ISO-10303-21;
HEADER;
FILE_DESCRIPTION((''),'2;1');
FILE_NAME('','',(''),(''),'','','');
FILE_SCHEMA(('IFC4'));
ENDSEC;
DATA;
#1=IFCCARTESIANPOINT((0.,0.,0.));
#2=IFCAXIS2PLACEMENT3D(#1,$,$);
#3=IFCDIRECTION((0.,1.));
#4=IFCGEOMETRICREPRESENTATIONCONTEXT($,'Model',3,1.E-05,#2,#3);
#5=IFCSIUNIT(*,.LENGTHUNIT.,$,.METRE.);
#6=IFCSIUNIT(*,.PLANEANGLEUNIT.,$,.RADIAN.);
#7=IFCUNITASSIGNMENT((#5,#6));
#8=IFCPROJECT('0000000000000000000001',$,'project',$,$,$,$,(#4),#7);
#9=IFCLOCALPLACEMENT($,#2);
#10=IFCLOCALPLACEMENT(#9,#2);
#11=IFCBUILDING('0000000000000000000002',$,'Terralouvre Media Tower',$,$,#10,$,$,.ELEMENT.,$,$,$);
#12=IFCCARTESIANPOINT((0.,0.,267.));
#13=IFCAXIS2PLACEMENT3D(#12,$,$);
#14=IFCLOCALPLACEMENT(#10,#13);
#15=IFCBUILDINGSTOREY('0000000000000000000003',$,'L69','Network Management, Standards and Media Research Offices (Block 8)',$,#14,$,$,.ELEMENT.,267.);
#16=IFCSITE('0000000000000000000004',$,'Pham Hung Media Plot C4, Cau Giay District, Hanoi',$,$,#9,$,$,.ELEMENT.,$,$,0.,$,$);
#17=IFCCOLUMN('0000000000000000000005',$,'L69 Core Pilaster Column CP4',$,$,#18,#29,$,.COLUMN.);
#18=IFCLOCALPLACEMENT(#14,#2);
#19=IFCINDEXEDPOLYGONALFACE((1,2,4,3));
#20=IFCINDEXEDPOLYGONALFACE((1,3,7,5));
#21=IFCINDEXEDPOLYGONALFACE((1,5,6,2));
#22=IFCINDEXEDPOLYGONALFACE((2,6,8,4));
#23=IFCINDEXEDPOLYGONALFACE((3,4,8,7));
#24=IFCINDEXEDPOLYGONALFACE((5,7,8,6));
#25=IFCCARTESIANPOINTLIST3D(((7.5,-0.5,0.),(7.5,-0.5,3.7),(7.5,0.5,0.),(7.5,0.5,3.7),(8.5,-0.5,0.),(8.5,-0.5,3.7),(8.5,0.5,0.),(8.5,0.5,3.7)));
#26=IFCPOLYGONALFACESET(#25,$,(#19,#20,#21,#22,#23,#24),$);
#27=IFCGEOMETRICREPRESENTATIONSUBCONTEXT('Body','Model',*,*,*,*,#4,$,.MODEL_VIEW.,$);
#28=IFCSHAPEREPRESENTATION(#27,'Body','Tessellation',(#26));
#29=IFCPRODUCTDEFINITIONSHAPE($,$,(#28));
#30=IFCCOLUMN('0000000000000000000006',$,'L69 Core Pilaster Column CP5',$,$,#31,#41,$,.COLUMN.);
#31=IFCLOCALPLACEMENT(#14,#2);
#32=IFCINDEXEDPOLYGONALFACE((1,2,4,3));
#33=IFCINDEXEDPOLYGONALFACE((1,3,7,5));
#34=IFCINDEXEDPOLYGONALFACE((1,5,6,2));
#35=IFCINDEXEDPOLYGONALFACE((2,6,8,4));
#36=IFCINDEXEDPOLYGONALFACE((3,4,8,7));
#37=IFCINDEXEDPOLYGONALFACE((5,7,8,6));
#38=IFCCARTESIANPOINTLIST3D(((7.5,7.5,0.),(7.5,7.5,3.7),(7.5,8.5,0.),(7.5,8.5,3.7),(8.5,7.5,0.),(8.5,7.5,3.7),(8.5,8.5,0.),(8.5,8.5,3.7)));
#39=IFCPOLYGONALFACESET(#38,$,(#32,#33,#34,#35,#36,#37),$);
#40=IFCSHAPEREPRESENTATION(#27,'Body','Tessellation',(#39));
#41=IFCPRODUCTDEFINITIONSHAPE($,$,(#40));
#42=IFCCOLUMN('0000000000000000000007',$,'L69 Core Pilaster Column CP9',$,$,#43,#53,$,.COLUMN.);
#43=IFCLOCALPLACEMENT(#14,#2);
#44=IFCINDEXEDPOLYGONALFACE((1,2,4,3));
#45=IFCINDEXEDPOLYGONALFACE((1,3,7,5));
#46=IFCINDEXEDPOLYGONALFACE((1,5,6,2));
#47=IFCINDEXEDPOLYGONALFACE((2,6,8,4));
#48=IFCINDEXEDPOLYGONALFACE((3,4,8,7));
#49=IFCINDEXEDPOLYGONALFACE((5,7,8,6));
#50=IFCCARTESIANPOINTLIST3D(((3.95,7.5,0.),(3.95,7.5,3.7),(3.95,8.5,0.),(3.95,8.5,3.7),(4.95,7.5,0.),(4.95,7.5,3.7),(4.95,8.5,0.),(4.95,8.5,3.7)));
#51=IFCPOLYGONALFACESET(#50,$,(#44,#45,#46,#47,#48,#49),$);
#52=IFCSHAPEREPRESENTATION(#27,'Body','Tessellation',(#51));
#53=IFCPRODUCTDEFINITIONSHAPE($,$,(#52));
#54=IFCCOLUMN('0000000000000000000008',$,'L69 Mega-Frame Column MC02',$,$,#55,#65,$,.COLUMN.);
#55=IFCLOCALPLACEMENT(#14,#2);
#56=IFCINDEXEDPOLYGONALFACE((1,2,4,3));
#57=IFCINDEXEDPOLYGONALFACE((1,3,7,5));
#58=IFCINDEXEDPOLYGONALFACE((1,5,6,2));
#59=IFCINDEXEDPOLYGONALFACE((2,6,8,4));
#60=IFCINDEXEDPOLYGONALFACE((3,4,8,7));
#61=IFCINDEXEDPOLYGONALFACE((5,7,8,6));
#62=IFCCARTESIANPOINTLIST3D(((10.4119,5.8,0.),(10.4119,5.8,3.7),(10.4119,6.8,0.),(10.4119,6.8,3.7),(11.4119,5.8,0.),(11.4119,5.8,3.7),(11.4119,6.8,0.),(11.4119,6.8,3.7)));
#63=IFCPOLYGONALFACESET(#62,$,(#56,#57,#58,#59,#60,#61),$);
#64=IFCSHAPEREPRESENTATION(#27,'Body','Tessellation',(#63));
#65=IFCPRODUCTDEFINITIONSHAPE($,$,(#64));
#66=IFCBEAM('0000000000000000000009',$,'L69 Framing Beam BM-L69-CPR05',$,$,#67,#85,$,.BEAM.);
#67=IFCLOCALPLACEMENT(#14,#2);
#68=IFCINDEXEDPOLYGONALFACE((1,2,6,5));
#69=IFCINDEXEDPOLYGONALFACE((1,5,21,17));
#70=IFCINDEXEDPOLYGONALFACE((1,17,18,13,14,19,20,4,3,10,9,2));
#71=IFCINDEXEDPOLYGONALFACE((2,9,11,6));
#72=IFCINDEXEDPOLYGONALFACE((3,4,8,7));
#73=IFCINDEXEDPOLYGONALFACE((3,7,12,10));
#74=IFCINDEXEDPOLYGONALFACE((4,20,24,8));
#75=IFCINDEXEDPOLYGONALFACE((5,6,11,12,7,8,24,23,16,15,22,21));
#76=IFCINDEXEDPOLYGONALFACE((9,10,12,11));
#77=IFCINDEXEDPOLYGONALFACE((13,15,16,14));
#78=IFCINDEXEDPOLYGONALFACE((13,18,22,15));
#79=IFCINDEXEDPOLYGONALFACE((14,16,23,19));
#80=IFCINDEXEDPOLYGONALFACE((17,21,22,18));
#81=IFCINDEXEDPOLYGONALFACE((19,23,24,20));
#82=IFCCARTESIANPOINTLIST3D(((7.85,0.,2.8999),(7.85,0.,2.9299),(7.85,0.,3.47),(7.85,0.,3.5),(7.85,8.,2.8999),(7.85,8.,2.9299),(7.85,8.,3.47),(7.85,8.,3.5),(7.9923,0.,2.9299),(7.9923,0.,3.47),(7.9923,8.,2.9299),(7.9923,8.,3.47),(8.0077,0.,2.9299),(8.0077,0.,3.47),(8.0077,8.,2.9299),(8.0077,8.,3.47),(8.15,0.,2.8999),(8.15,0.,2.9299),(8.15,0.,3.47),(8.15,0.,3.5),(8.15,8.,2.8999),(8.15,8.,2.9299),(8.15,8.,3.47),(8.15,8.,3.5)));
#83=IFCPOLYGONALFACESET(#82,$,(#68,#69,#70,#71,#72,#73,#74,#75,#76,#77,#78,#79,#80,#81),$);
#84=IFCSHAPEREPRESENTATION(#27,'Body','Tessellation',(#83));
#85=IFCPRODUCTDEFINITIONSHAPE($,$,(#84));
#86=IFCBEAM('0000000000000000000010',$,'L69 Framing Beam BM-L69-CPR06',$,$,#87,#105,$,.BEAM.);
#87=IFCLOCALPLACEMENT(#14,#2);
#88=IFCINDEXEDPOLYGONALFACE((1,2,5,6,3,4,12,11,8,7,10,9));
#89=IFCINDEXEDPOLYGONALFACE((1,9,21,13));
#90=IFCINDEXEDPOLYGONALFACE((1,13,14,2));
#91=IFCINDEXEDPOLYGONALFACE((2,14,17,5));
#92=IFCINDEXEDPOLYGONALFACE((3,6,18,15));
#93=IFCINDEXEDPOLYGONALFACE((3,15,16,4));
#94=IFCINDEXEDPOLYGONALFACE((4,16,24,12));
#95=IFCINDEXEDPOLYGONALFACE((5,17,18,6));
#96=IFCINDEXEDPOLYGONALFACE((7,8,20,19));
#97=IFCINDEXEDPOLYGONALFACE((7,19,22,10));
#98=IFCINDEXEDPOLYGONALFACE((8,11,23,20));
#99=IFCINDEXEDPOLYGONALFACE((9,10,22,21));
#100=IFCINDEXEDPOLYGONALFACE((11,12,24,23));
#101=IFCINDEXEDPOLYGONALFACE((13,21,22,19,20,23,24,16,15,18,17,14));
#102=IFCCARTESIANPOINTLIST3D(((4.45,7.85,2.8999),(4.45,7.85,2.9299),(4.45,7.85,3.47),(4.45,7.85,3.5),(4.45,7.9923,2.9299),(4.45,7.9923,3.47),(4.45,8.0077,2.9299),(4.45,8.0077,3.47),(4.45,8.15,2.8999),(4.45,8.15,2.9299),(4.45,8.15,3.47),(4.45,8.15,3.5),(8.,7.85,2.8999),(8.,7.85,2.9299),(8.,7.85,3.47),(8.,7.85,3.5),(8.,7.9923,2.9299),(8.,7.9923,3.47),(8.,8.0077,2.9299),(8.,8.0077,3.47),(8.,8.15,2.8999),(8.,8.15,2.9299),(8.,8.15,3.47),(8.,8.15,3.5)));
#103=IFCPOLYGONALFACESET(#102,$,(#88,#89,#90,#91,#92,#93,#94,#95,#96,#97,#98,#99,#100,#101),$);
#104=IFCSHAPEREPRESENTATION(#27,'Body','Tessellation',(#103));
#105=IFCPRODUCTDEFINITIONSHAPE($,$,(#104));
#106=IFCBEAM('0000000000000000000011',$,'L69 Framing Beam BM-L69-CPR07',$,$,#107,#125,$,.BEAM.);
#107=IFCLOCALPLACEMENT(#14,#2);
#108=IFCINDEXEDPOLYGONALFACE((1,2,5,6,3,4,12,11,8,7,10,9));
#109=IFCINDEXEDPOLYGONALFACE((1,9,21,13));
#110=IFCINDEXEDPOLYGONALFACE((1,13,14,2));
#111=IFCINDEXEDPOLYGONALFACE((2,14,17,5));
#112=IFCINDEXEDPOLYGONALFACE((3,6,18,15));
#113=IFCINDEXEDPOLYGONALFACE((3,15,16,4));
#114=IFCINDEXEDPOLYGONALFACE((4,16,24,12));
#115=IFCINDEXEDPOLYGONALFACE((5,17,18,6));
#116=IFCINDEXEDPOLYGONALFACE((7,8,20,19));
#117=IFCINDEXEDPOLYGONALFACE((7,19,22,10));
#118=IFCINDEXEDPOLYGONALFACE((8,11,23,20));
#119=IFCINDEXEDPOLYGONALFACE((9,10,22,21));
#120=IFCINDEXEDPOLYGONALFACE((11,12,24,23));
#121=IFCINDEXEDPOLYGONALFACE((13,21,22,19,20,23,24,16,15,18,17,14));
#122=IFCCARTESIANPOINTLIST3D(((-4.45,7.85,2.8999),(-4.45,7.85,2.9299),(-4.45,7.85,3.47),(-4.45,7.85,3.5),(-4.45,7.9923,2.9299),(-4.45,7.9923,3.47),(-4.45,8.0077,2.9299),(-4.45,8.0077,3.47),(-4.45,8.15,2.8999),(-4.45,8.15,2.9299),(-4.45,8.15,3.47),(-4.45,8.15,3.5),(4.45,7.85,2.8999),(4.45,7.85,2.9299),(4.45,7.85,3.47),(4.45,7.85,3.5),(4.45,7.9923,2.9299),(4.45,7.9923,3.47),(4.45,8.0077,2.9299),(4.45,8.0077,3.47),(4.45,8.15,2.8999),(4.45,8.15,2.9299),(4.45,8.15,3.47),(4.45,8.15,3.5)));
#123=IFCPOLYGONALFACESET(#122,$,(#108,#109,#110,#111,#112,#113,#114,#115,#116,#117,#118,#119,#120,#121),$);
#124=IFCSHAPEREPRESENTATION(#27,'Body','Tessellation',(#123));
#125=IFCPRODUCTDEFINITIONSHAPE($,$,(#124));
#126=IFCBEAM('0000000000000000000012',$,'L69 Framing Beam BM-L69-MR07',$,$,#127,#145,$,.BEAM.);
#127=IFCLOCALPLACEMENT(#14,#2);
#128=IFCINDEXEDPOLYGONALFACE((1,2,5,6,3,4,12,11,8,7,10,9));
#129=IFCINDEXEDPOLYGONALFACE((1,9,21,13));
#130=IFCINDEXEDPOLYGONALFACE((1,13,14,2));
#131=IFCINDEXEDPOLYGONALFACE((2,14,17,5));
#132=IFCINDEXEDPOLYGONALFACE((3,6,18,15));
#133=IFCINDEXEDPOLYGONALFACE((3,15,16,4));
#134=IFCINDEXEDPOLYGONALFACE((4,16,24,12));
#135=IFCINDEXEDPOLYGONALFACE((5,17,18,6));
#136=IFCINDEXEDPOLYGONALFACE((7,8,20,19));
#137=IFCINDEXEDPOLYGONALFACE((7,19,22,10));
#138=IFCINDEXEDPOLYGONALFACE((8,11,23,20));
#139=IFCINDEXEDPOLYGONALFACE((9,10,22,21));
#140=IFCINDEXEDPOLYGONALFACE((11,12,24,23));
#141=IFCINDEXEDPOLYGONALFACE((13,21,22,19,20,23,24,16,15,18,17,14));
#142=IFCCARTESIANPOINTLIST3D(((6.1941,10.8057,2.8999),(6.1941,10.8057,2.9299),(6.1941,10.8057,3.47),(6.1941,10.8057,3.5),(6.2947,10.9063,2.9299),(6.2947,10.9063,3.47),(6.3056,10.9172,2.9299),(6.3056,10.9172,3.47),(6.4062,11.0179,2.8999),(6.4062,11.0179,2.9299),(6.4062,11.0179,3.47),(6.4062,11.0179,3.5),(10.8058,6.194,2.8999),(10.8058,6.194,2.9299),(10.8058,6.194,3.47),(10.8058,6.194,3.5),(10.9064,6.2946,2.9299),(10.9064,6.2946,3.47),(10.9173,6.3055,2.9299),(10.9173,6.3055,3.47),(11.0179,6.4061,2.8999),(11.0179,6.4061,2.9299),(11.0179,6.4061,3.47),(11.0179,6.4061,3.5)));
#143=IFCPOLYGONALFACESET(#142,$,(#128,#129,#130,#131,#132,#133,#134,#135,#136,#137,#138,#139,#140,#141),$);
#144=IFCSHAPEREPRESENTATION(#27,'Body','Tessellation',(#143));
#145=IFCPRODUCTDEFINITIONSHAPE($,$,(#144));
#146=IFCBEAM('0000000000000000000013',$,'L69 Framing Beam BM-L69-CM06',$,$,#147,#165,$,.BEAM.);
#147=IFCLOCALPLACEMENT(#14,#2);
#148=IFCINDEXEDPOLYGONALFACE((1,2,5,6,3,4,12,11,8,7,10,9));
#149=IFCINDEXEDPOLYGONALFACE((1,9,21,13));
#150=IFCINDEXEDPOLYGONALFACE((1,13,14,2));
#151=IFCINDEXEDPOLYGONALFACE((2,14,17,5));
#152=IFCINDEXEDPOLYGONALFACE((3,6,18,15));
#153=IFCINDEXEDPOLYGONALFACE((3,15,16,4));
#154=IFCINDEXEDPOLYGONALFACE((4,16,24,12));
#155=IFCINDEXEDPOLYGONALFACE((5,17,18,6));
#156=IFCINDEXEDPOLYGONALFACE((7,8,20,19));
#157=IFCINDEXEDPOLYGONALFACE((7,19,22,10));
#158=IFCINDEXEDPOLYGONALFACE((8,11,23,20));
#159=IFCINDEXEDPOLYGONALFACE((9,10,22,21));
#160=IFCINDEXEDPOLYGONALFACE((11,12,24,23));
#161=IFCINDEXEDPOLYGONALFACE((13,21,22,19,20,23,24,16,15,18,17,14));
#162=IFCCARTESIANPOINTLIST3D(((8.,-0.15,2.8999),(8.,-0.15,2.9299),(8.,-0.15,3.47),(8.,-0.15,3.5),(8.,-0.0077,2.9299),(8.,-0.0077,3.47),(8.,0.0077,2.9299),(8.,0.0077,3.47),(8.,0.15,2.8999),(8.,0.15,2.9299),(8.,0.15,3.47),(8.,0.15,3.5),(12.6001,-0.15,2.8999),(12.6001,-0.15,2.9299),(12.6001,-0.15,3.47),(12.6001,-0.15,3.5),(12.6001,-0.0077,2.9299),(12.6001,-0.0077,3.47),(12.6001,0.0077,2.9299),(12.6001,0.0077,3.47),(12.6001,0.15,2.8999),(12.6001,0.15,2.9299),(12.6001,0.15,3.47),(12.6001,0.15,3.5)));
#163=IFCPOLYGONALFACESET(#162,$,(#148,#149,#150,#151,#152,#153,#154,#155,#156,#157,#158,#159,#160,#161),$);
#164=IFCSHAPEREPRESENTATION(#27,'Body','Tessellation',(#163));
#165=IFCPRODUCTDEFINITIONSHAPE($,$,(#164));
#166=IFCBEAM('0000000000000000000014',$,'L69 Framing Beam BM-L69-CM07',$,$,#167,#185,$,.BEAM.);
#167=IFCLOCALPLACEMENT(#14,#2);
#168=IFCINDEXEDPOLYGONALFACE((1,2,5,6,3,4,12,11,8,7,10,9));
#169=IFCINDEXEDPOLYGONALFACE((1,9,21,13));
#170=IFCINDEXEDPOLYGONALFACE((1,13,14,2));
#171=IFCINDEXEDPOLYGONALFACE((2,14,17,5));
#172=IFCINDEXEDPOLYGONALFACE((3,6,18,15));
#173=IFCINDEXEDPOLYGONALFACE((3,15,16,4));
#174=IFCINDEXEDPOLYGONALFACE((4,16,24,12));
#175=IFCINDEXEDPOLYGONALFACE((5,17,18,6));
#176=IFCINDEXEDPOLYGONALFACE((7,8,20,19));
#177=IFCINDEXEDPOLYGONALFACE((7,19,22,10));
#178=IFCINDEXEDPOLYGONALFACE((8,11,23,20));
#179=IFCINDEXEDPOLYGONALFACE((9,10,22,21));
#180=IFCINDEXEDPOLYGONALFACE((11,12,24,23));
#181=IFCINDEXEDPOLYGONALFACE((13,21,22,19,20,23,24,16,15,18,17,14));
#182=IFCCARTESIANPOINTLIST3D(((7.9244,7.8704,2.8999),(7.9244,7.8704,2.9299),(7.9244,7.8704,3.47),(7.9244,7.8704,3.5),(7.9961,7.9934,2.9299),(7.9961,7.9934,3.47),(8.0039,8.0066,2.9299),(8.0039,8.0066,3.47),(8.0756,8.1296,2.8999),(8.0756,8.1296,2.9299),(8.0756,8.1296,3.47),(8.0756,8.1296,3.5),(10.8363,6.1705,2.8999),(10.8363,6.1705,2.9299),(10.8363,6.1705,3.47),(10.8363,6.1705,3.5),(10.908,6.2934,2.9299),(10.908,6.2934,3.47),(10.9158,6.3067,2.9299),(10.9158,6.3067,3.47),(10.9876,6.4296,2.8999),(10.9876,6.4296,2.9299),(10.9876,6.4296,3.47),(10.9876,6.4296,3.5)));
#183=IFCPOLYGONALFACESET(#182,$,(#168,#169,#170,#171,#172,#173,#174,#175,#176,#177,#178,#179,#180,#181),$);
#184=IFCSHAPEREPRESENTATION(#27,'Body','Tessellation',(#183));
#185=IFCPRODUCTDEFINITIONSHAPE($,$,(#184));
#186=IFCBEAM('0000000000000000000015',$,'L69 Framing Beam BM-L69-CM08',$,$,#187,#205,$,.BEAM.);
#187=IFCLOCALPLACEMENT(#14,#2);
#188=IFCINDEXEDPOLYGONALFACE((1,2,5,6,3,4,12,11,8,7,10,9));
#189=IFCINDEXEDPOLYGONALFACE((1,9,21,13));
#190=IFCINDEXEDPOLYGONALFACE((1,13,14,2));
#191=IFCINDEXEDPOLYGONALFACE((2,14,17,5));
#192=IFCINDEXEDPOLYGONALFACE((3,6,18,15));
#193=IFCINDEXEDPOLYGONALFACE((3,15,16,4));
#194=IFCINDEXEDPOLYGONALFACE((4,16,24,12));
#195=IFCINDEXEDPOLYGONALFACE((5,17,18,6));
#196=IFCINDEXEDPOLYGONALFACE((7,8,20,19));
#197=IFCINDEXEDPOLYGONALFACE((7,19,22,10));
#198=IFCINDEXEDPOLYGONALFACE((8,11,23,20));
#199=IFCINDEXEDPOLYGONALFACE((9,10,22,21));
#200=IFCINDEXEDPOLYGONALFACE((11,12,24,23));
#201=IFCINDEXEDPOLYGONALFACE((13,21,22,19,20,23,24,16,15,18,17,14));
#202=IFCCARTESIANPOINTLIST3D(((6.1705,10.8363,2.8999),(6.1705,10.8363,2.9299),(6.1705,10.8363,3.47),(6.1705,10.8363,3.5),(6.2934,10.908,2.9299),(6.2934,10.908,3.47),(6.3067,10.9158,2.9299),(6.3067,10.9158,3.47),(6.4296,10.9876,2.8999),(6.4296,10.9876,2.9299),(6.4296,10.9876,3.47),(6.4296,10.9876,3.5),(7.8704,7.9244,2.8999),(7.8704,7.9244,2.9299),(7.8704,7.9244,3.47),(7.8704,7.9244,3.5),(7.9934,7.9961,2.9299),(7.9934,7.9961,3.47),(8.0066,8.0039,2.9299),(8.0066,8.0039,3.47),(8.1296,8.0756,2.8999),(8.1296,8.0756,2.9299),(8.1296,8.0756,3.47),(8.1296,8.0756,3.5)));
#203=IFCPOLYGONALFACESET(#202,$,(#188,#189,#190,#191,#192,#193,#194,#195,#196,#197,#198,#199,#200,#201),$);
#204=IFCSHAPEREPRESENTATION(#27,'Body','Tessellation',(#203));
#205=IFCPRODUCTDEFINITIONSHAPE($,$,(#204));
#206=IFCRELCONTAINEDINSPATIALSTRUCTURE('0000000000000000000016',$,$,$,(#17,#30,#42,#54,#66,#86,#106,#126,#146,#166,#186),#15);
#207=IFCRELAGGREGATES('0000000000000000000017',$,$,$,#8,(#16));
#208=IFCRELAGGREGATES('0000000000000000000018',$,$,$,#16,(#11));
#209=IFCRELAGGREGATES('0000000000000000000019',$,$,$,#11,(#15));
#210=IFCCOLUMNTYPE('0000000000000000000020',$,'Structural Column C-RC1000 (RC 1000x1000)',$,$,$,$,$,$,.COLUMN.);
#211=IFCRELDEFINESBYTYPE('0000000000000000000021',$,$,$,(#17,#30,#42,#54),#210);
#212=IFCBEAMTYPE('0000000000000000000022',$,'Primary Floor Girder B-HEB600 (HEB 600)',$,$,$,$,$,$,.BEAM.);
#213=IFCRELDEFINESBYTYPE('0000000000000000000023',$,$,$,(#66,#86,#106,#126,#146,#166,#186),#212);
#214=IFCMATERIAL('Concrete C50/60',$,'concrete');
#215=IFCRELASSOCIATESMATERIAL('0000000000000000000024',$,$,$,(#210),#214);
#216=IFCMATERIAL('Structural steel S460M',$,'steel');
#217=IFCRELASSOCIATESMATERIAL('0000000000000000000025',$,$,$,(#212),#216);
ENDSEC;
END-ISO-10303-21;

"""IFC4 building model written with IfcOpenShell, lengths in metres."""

from ifc_helpers import new_model, si_unit, direction, frame, origin, origin_2d, place, context, subcontext, project, spatial, rectangle, i_section, extrude, material, material_profile, profile_set, type_object, element, save


model = new_model("IFC4")

# Units and contexts
model_context = context("Model", 3, precision=1e-05, world=origin(), true_north=direction((0.0, 1.0)))
body_context = subcontext(model_context, "Body", "Model", "MODEL_VIEW")
ifc_project = project(units=[si_unit("LENGTHUNIT", "METRE"), si_unit("PLANEANGLEUNIT", "RADIAN")], contexts=[model_context])

# Site, building, storey
site_placement = place(None, origin())
site = spatial("IfcSite", under=ifc_project, at=site_placement, Name="Pham Hung Media Plot C4, Cau Giay District, Hanoi", CompositionType="ELEMENT", RefElevation=0.0)
building_placement = place(site_placement, origin())
building = spatial("IfcBuilding", under=site, at=building_placement, Name="Terralouvre Media Tower", CompositionType="ELEMENT")
storey_placement = place(building_placement, frame((0.0, 0.0, 267.0)))
storey = spatial("IfcBuildingStorey", under=building, at=storey_placement, Name="L69", Description="Network Management, Standards and Media Research Offices (Block 8)", CompositionType="ELEMENT", Elevation=267.0)

# Columns
ifc_material_1 = material(Name="Concrete C50/60", Category="concrete")
ifc_material_profile_1 = material_profile(ifc_material_1, rectangle(XDim=1.0, YDim=1.0, at=origin_2d()), Name="RC 1000x1000")
ifc_profile_set_1 = profile_set([ifc_material_profile_1], Name="Concrete C50/60")
column_type = type_object("IfcColumnType", Name="Structural Column C-RC1000 (RC 1000x1000)", PredefinedType="COLUMN", material=ifc_profile_set_1)
for number, where, z_axis, x_axis, name in (
    (1, (8.0, 0.0, 0.0), (0.0, 0.0, 1.0), (1.0, 0.0, 0.0), "L69 Core Pilaster Column CP4"),
    (2, (8.0, 8.0, 0.0), (0.0, 0.0, 1.0), (1.0, 0.0, 0.0), "L69 Core Pilaster Column CP5"),
    (3, (4.45, 8.0, 0.0), (0.0, 0.0, 1.0), (1.0, 0.0, 0.0), "L69 Core Pilaster Column CP9"),
    (4, (10.9119, 6.3, 0.0), (0.0, 0.0, 1.0), (1.0, 0.0, 0.0), "L69 Mega-Frame Column MC02"),
):
    element("IfcColumn", number, at=place(storey_placement, frame(where, z_axis=z_axis, x_axis=x_axis)), inside=storey, type_object=column_type, Name=name, PredefinedType="COLUMN", context=body_context, shape_type="SweptSolid", body=[
        extrude(rectangle(XDim=1.0, YDim=1.0, at=origin_2d()), origin(), (0.0, 0.0, 1.0), 3.7),
    ])

# Beams
ifc_material_2 = material(Name="Structural steel S460M", Category="steel")
ifc_material_profile_2 = material_profile(ifc_material_2, i_section(OverallWidth=0.3, OverallDepth=0.6001, WebThickness=0.0154, FlangeThickness=0.03, at=origin_2d()), Name="HEB 600")
ifc_profile_set_2 = profile_set([ifc_material_profile_2], Name="Structural steel S460M")
beam_type = type_object("IfcBeamType", Name="Primary Floor Girder B-HEB600 (HEB 600)", PredefinedType="BEAM", material=ifc_profile_set_2)
beam_1_placement = place(storey_placement, frame((8.0, 0.0, 3.2), z_axis=(0.0, 1.0, 0.0), x_axis=(-1.0, 0.0, 0.0)))
element("IfcBeam", 5, at=beam_1_placement, inside=storey, type_object=beam_type, Name="L69 Framing Beam BM-L69-CPR05", PredefinedType="BEAM", context=body_context, shape_type="SweptSolid", body=[
    extrude(i_section(OverallWidth=0.3, OverallDepth=0.6001, WebThickness=0.0154, FlangeThickness=0.03, at=origin_2d()), origin(), (0.0, 0.0, 1.0), 8.0),
])
beam_2_placement = place(storey_placement, frame((8.0, 8.0, 3.2), z_axis=(-1.0, 0.0, 0.0), x_axis=(0.0, -1.0, 0.0)))
element("IfcBeam", 6, at=beam_2_placement, inside=storey, type_object=beam_type, Name="L69 Framing Beam BM-L69-CPR06", PredefinedType="BEAM", context=body_context, shape_type="SweptSolid", body=[
    extrude(i_section(OverallWidth=0.3, OverallDepth=0.6001, WebThickness=0.0154, FlangeThickness=0.03, at=origin_2d()), origin(), (0.0, 0.0, 1.0), 3.55),
])
beam_3_placement = place(storey_placement, frame((4.45, 8.0, 3.2), z_axis=(-1.0, 0.0, 0.0), x_axis=(0.0, -1.0, 0.0)))
element("IfcBeam", 7, at=beam_3_placement, inside=storey, type_object=beam_type, Name="L69 Framing Beam BM-L69-CPR07", PredefinedType="BEAM", context=body_context, shape_type="SweptSolid", body=[
    extrude(i_section(OverallWidth=0.3, OverallDepth=0.6001, WebThickness=0.0154, FlangeThickness=0.03, at=origin_2d()), origin(), (0.0, 0.0, 1.0), 8.8999),
])
beam_4_placement = place(storey_placement, frame((10.9119, 6.3, 3.2), z_axis=(-0.707107, 0.707107, 0.0), x_axis=(-0.707107, -0.707107, 0.0)))
element("IfcBeam", 8, at=beam_4_placement, inside=storey, type_object=beam_type, Name="L69 Framing Beam BM-L69-MR07", PredefinedType="BEAM", context=body_context, shape_type="SweptSolid", body=[
    extrude(i_section(OverallWidth=0.3, OverallDepth=0.6001, WebThickness=0.0154, FlangeThickness=0.03, at=origin_2d()), origin(), (0.0, 0.0, 1.0), 6.522),
])
beam_5_placement = place(storey_placement, frame((8.0, 0.0, 3.2), z_axis=(1.0, 0.0, 0.0), x_axis=(0.0, 1.0, 0.0)))
element("IfcBeam", 9, at=beam_5_placement, inside=storey, type_object=beam_type, Name="L69 Framing Beam BM-L69-CM06", PredefinedType="BEAM", context=body_context, shape_type="SweptSolid", body=[
    extrude(i_section(OverallWidth=0.3, OverallDepth=0.6001, WebThickness=0.0154, FlangeThickness=0.03, at=origin_2d()), origin(), (0.0, 0.0, 1.0), 4.6001),
])
for number, where, z_axis, x_axis, name in (
    (10, (8.0, 8.0, 3.2), (0.863603, -0.504173, 0.0), (0.504173, 0.863603, 0.0), "L69 Framing Beam BM-L69-CM07"),
    (11, (8.0, 8.0, 3.2), (-0.504173, 0.863603, 0.0), (-0.863603, -0.504173, 0.0), "L69 Framing Beam BM-L69-CM08"),
):
    element("IfcBeam", number, at=place(storey_placement, frame(where, z_axis=z_axis, x_axis=x_axis)), inside=storey, type_object=beam_type, Name=name, PredefinedType="BEAM", context=body_context, shape_type="SweptSolid", body=[
        extrude(i_section(OverallWidth=0.3, OverallDepth=0.6001, WebThickness=0.0154, FlangeThickness=0.03, at=origin_2d()), origin(), (0.0, 0.0, 1.0), 3.3718),
    ])

save(model, "model.ifc")
